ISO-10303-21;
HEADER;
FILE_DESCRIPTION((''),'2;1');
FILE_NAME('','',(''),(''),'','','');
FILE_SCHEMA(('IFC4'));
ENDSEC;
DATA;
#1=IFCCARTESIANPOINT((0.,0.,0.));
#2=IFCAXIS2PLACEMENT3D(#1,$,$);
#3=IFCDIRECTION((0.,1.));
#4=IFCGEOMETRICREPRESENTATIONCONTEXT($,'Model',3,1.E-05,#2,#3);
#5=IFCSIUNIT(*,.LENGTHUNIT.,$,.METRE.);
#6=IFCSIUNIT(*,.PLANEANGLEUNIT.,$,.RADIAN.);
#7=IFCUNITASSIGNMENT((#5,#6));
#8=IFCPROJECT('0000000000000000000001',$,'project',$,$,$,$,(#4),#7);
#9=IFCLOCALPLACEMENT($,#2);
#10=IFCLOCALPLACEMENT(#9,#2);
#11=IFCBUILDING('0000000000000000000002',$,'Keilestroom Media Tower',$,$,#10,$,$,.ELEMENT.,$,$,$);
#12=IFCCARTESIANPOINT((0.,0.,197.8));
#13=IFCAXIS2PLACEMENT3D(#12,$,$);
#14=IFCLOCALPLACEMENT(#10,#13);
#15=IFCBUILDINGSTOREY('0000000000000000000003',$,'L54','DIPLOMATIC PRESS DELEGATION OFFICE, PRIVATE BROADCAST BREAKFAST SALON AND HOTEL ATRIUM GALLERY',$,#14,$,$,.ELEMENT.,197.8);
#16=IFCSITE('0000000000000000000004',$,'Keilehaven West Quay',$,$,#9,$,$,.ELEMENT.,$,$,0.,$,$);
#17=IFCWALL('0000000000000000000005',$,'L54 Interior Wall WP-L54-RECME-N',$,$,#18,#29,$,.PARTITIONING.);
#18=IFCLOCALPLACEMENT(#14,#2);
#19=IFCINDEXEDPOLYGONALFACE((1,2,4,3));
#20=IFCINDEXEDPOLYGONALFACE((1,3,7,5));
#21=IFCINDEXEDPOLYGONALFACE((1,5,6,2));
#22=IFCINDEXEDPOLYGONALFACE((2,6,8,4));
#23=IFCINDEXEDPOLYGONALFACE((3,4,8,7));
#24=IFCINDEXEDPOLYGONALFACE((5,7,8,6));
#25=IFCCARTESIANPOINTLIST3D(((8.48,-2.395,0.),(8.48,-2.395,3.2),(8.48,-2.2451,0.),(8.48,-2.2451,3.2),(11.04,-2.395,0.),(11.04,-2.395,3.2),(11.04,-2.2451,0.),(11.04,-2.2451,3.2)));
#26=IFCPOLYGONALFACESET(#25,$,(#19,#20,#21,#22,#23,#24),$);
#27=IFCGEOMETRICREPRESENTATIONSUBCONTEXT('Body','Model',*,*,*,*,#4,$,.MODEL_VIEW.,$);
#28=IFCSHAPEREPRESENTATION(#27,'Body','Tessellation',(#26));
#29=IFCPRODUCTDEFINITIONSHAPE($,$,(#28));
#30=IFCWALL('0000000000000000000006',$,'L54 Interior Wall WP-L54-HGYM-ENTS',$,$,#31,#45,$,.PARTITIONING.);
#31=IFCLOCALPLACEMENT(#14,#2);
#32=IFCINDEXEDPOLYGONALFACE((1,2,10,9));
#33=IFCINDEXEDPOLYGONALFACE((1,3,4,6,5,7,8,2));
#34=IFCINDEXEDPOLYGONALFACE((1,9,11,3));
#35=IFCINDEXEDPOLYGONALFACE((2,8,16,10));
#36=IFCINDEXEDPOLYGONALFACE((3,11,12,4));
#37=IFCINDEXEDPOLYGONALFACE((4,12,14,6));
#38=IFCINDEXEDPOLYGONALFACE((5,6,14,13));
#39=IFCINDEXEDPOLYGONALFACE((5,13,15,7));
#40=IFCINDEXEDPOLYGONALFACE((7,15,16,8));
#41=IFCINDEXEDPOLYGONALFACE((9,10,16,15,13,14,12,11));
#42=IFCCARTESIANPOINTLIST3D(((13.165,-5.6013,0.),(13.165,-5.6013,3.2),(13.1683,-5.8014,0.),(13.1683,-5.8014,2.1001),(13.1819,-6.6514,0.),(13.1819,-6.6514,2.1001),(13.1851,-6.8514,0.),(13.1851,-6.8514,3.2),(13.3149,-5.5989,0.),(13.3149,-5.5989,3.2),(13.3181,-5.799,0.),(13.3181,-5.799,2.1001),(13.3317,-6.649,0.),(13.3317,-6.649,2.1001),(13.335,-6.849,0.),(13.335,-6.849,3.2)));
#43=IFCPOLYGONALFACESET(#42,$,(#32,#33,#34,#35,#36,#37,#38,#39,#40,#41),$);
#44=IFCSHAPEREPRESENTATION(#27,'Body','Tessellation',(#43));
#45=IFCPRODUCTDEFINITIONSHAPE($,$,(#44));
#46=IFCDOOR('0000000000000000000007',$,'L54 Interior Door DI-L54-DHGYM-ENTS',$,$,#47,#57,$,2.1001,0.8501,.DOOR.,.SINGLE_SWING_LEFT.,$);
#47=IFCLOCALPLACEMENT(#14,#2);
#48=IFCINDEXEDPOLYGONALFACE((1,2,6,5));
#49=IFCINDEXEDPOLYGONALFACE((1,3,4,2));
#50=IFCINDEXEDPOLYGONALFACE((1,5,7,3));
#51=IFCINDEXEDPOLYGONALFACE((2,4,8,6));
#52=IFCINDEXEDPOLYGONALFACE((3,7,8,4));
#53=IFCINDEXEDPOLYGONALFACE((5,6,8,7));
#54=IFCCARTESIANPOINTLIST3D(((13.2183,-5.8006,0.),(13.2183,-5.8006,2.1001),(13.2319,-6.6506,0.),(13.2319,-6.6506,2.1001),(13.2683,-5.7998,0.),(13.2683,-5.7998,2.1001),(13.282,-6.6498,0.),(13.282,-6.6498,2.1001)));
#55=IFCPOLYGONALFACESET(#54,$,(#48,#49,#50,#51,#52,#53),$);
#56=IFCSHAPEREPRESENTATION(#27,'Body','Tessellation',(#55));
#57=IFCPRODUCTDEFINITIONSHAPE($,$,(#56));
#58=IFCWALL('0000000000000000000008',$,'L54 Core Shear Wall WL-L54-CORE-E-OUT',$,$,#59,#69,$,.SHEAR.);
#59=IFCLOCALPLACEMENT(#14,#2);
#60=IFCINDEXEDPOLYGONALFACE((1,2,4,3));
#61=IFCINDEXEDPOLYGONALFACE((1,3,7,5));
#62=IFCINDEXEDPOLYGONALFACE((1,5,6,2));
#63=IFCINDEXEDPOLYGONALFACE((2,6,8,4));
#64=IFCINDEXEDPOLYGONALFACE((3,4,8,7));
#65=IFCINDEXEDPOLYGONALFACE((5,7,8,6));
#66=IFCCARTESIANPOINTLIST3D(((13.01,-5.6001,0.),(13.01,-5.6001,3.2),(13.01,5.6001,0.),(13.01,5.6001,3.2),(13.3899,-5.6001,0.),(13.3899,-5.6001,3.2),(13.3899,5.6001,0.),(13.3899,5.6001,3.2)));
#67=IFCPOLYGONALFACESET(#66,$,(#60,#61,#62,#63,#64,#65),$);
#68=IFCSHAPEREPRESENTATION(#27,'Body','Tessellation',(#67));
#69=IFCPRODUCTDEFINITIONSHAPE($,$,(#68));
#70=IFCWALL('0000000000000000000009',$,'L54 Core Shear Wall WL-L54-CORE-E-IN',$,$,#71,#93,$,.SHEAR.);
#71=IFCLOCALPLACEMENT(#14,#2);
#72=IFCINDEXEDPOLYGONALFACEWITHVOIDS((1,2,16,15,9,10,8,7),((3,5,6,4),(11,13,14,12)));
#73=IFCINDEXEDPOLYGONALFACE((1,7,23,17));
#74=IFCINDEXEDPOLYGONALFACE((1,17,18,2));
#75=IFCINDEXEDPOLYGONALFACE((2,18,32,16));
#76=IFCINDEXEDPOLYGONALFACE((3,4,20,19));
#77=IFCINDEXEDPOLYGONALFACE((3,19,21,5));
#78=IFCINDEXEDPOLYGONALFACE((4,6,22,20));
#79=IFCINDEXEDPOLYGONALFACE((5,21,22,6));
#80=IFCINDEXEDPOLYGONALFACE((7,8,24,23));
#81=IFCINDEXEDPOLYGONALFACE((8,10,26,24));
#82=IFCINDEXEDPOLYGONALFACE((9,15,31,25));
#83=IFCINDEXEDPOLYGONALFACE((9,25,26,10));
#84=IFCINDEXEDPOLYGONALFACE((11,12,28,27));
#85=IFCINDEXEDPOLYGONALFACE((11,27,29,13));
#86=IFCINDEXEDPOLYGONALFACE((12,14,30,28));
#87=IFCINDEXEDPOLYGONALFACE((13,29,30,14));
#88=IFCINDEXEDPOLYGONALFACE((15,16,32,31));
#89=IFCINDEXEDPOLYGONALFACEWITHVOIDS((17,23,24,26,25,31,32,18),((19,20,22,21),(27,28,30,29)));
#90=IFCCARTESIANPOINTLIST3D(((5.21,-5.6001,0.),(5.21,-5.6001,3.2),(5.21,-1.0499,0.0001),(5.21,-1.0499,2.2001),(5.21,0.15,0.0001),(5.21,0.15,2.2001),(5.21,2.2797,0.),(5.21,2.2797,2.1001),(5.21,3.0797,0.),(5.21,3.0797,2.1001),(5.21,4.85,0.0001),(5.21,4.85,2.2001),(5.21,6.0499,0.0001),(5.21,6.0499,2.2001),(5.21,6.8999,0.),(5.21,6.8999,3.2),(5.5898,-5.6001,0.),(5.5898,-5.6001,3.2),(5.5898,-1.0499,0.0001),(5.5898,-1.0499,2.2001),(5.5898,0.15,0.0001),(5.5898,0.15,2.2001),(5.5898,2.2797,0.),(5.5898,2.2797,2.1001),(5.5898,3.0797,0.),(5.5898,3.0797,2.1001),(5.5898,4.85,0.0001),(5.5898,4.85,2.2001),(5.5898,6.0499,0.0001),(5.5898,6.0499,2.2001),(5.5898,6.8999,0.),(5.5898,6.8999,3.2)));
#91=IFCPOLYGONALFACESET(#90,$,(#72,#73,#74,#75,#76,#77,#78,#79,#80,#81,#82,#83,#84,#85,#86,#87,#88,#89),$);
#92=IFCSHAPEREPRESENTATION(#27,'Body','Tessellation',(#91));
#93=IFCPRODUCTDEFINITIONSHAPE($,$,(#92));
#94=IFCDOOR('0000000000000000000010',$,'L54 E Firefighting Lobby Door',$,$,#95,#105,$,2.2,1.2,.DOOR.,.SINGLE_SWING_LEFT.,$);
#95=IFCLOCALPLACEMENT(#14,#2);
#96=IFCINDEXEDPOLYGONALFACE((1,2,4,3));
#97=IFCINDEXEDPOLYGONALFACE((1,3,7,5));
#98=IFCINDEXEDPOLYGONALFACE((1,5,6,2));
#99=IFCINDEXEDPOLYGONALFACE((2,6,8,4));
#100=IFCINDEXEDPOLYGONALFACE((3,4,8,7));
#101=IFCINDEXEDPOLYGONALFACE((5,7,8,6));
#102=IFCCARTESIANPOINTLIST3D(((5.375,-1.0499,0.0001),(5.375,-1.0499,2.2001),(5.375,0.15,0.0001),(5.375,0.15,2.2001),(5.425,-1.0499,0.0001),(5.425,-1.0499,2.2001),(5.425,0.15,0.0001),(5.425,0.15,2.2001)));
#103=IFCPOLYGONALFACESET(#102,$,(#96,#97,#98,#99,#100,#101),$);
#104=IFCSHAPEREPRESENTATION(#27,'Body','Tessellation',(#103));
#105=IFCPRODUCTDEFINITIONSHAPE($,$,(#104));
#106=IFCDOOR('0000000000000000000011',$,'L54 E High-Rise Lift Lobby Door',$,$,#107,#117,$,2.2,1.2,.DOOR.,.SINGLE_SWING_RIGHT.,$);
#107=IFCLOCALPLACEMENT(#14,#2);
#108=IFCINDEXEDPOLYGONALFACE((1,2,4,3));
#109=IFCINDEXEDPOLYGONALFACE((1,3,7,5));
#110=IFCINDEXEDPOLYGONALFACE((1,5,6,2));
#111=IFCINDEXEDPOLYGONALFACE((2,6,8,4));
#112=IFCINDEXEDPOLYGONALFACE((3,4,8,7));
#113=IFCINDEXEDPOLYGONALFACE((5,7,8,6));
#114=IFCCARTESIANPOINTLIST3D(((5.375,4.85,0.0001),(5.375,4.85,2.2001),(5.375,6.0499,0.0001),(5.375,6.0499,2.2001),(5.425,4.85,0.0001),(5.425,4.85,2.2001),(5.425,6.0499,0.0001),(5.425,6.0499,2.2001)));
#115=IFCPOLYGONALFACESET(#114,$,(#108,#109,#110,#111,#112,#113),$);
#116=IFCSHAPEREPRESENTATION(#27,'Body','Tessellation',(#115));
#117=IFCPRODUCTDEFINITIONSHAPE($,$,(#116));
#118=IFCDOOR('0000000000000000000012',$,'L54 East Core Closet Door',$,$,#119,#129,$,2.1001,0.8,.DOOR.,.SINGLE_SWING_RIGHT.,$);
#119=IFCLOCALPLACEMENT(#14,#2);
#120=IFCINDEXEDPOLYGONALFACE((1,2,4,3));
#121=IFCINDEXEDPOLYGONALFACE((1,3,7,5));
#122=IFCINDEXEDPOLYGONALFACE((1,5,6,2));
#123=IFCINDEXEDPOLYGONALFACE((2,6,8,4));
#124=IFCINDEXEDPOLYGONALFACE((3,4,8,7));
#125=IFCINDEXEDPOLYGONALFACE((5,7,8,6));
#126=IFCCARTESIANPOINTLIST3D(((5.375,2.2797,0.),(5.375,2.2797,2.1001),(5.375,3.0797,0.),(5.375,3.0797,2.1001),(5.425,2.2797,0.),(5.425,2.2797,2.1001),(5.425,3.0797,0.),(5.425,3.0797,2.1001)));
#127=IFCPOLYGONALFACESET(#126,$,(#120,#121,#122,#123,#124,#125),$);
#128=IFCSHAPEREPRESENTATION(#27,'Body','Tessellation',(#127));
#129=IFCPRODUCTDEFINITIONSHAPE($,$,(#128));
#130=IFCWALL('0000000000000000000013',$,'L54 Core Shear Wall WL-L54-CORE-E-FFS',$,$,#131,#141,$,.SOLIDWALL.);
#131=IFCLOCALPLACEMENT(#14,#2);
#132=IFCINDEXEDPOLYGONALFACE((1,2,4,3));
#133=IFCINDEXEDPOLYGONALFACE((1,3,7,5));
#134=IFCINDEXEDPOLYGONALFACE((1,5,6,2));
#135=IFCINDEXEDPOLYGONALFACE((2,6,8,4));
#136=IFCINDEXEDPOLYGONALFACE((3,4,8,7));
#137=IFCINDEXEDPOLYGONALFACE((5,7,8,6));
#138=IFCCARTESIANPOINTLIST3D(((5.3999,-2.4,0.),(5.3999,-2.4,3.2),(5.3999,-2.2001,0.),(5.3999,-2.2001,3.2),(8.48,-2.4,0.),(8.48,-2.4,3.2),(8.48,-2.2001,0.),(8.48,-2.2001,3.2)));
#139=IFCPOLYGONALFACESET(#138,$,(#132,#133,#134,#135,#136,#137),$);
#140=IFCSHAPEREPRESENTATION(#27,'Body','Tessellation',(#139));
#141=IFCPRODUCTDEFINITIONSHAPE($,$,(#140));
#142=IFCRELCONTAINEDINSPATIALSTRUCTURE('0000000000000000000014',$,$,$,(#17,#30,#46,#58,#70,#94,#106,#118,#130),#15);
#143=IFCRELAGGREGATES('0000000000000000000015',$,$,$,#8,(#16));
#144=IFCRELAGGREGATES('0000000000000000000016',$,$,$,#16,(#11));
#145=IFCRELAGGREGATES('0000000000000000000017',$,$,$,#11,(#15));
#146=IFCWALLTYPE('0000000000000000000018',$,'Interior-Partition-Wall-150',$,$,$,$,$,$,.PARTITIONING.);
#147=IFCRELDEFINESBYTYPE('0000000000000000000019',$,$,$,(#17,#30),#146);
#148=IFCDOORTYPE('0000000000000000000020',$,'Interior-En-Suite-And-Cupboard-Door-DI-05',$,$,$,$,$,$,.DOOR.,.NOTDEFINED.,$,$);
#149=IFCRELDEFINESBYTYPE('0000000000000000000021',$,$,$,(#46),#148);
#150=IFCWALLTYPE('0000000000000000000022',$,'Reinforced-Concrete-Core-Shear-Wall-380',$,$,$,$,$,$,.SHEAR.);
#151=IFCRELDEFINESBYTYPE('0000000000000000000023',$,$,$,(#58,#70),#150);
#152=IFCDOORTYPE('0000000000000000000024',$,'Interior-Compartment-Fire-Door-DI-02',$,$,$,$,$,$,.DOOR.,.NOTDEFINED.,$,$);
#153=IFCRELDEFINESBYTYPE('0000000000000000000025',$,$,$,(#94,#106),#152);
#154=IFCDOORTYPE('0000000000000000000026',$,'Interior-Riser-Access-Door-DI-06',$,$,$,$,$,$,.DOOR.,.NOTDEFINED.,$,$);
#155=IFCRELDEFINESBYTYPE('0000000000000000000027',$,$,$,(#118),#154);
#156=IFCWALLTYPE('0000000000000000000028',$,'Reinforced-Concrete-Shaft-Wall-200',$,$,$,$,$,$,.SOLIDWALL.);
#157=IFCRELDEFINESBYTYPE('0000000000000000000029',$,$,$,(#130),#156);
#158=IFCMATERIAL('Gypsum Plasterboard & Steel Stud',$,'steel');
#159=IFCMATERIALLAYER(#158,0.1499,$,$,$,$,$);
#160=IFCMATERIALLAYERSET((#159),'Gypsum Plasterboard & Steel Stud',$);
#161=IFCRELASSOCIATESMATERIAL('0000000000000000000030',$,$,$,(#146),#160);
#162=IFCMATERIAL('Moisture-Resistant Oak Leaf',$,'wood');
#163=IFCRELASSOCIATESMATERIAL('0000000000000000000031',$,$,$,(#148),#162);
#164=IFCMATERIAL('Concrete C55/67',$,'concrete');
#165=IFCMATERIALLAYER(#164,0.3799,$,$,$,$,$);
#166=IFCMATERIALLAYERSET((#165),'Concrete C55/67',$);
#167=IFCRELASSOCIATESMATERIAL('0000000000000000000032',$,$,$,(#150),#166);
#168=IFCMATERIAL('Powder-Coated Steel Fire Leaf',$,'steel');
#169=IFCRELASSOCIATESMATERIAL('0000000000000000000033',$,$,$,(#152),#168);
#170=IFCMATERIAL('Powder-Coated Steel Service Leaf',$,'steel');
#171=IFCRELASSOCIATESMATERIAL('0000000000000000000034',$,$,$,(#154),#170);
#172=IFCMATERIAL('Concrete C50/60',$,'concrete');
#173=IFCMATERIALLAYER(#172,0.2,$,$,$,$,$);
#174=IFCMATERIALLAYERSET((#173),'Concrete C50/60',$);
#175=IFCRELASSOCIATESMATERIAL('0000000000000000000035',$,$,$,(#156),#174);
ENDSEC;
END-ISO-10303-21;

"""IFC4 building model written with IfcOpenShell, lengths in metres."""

from ifc_helpers import new_model, si_unit, direction, frame, frame_2d, origin, place, context, subcontext, project, spatial, rectangle, extrude, source, transform, mapped, material, layer, layer_set, type_object, element, fill, save


model = new_model("IFC4")

# Units and contexts
model_context = context("Model", 3, precision=1e-05, world=origin(), true_north=direction((0.0, 1.0)))
body_context = subcontext(model_context, "Body", "Model", "MODEL_VIEW")
ifc_project = project(units=[si_unit("LENGTHUNIT", "METRE"), si_unit("PLANEANGLEUNIT", "RADIAN")], contexts=[model_context])

# Site, building, storey
site_placement = place(None, origin())
site = spatial("IfcSite", under=ifc_project, at=site_placement, Name="Keilehaven West Quay", CompositionType="ELEMENT", RefElevation=0.0)
building_placement = place(site_placement, origin())
building = spatial("IfcBuilding", under=site, at=building_placement, Name="Keilestroom Media Tower", CompositionType="ELEMENT")
storey_placement = place(building_placement, frame((0.0, 0.0, 197.8)))
storey = spatial("IfcBuildingStorey", under=building, at=storey_placement, Name="L54", Description="DIPLOMATIC PRESS DELEGATION OFFICE, PRIVATE BROADCAST BREAKFAST SALON AND HOTEL ATRIUM GALLERY", CompositionType="ELEMENT", Elevation=197.8)

# Shared definitions
ifc_material_1 = material(Name="Concrete C55/67", Category="concrete")

# Wall
ifc_material_2 = material(Name="Gypsum Plasterboard & Steel Stud", Category="steel")
ifc_layer_1 = layer(ifc_material_2, 0.1499)
ifc_layer_set_1 = layer_set([ifc_layer_1], Name="Gypsum Plasterboard & Steel Stud")
wall_type_1 = type_object("IfcWallType", Name="Interior-Partition-Wall-150", PredefinedType="PARTITIONING", material=ifc_layer_set_1)
wall_1_placement = place(storey_placement, frame((8.48, -2.3201, 0.0), z_axis=(0.0, 0.0, 1.0), x_axis=(1.0, 0.0, 0.0)))
element("IfcWall", 1, at=wall_1_placement, inside=storey, type_object=wall_type_1, Name="L54 Interior Wall WP-L54-RECME-N", PredefinedType="PARTITIONING", context=body_context, shape_type="SweptSolid", body=[
    extrude(rectangle(XDim=2.5601, YDim=0.1499, at=frame_2d((1.28, 0.0))), origin(), (0.0, 0.0, 1.0), 3.2),
])

# Wall, opening, door
wall_2_placement = place(storey_placement, frame((13.26, -6.8501, 0.0), z_axis=(0.0, 0.0, 1.0), x_axis=(-0.016014, 0.999872, 0.0)))
wall_2 = element("IfcWall", 2, at=wall_2_placement, inside=storey, type_object=wall_type_1, Name="L54 Interior Wall WP-L54-HGYM-ENTS", PredefinedType="PARTITIONING", context=body_context, shape_type="SweptSolid", body=[
    extrude(rectangle(XDim=1.2502, YDim=0.1499, at=frame_2d((0.625, 0.0))), origin(), (0.0, 0.0, 1.0), 3.2),
])
opening_1_placement = place(wall_2_placement, frame((0.2, 0.0, 0.0)))
opening_1 = element("IfcOpeningElement", 3, at=opening_1_placement, cuts=wall_2, PredefinedType="OPENING", context=body_context, shape_type="SweptSolid", body=[
    extrude(rectangle(XDim=0.8501, YDim=2.1001, at=frame_2d((0.425, 1.05))), frame((0.0, 0.085, 0.0), z_axis=(0.0, -1.0, 0.0), x_axis=(1.0, 0.0, 0.0)), (0.0, 0.0, 1.0), 0.1699),
])
ifc_material_3 = material(Name="Moisture-Resistant Oak Leaf", Category="wood")
door_type_1 = type_object("IfcDoorType", Name="Interior-En-Suite-And-Cupboard-Door-DI-05", OperationType="NOTDEFINED", PredefinedType="DOOR", material=ifc_material_3)
shared_shape_1 = source(origin(), body_context, "Body", "SweptSolid", [
    extrude(rectangle(XDim=0.8501, YDim=2.1001, at=frame_2d((0.425, 1.05))), frame((0.0, 0.0249, 0.0), z_axis=(0.0, -1.0, 0.0), x_axis=(1.0, 0.0, 0.0)), (0.0, 0.0, 1.0), 0.05),
])
door_1_placement = place(opening_1_placement, origin())
door_1 = element("IfcDoor", 4, at=door_1_placement, inside=storey, type_object=door_type_1, Name="L54 Interior Door DI-L54-DHGYM-ENTS", OperationType="SINGLE_SWING_LEFT", OverallHeight=2.1001, OverallWidth=0.8501, PredefinedType="DOOR", context=body_context, shape_type="MappedRepresentation", body=[
    mapped(shared_shape_1, transform((0.0, 0.0, 0.0), x_axis=(1.0, 0.0, 0.0), y_axis=(0.0, 1.0, 0.0), z_axis=(0.0, 0.0, 1.0), scale=1.0)),
])
fill(opening_1, door_1)

# Wall
ifc_layer_2 = layer(ifc_material_1, 0.3799)
ifc_layer_set_2 = layer_set([ifc_layer_2], Name="Concrete C55/67")
wall_type_2 = type_object("IfcWallType", Name="Reinforced-Concrete-Core-Shear-Wall-380", PredefinedType="SHEAR", material=ifc_layer_set_2)
wall_3_placement = place(storey_placement, frame((13.2, -5.6001, 0.0), z_axis=(0.0, 0.0, 1.0), x_axis=(0.0, 1.0, 0.0)))
element("IfcWall", 5, at=wall_3_placement, inside=storey, type_object=wall_type_2, Name="L54 Core Shear Wall WL-L54-CORE-E-OUT", PredefinedType="SHEAR", context=body_context, shape_type="SweptSolid", body=[
    extrude(rectangle(XDim=11.2002, YDim=0.3799, at=frame_2d((5.6001, 0.0))), origin(), (0.0, 0.0, 1.0), 3.2),
])

# Wall, openings, doors
wall_4_placement = place(storey_placement, frame((5.3999, -5.6001, 0.0), z_axis=(0.0, 0.0, 1.0), x_axis=(0.0, 1.0, 0.0)))
wall_4 = element("IfcWall", 6, at=wall_4_placement, inside=storey, type_object=wall_type_2, Name="L54 Core Shear Wall WL-L54-CORE-E-IN", PredefinedType="SHEAR", context=body_context, shape_type="SweptSolid", body=[
    extrude(rectangle(XDim=12.5, YDim=0.3799, at=frame_2d((6.25, 0.0))), origin(), (0.0, 0.0, 1.0), 3.2),
])
opening_2_placement = place(wall_4_placement, frame((4.55, 0.0, 0.0)))
opening_2 = element("IfcOpeningElement", 7, at=opening_2_placement, cuts=wall_4, PredefinedType="OPENING", context=body_context, shape_type="SweptSolid", body=[
    extrude(rectangle(XDim=1.2, YDim=2.2, at=frame_2d((0.6001, 1.1001))), frame((0.0, 0.2, 0.0), z_axis=(0.0, -1.0, 0.0), x_axis=(1.0, 0.0, 0.0)), (0.0, 0.0, 1.0), 0.3999),
])
opening_3_placement = place(wall_4_placement, frame((10.45, 0.0, 0.0)))
opening_3 = element("IfcOpeningElement", 8, at=opening_3_placement, cuts=wall_4, PredefinedType="OPENING", context=body_context, shape_type="SweptSolid", body=[
    extrude(rectangle(XDim=1.2, YDim=2.2, at=frame_2d((0.6001, 1.1001))), frame((0.0, 0.2, 0.0), z_axis=(0.0, -1.0, 0.0), x_axis=(1.0, 0.0, 0.0)), (0.0, 0.0, 1.0), 0.3999),
])
opening_4_placement = place(wall_4_placement, frame((7.8799, 0.0, 0.0)))
opening_4 = element("IfcOpeningElement", 9, at=opening_4_placement, cuts=wall_4, PredefinedType="OPENING", context=body_context, shape_type="SweptSolid", body=[
    extrude(rectangle(XDim=0.8, YDim=2.1001, at=frame_2d((0.3999, 1.05))), frame((0.0, 0.2, 0.0), z_axis=(0.0, -1.0, 0.0), x_axis=(1.0, 0.0, 0.0)), (0.0, 0.0, 1.0), 0.3999),
])
ifc_material_4 = material(Name="Powder-Coated Steel Fire Leaf", Category="steel")
door_type_2 = type_object("IfcDoorType", Name="Interior-Compartment-Fire-Door-DI-02", OperationType="NOTDEFINED", PredefinedType="DOOR", material=ifc_material_4)
shared_shape_2 = source(origin(), body_context, "Body", "SweptSolid", [
    extrude(rectangle(XDim=1.2, YDim=2.2, at=frame_2d((0.6001, 1.1001))), frame((0.0, 0.0249, 0.0), z_axis=(0.0, -1.0, 0.0), x_axis=(1.0, 0.0, 0.0)), (0.0, 0.0, 1.0), 0.05),
])
door_2_placement = place(opening_2_placement, origin())
door_2 = element("IfcDoor", 10, at=door_2_placement, inside=storey, type_object=door_type_2, Name="L54 E Firefighting Lobby Door", OperationType="SINGLE_SWING_LEFT", OverallHeight=2.2, OverallWidth=1.2, PredefinedType="DOOR", context=body_context, shape_type="MappedRepresentation", body=[
    mapped(shared_shape_2, transform((0.0, 0.0, 0.0), x_axis=(1.0, 0.0, 0.0), y_axis=(0.0, 1.0, 0.0), z_axis=(0.0, 0.0, 1.0), scale=1.0)),
])
fill(opening_2, door_2)
door_3_placement = place(opening_3_placement, origin())
door_3 = element("IfcDoor", 11, at=door_3_placement, inside=storey, type_object=door_type_2, Name="L54 E High-Rise Lift Lobby Door", OperationType="SINGLE_SWING_RIGHT", OverallHeight=2.2, OverallWidth=1.2, PredefinedType="DOOR", context=body_context, shape_type="MappedRepresentation", body=[
    mapped(shared_shape_2, transform((0.0, 0.0, 0.0), x_axis=(1.0, 0.0, 0.0), y_axis=(0.0, 1.0, 0.0), z_axis=(0.0, 0.0, 1.0), scale=1.0)),
])
fill(opening_3, door_3)
ifc_material_5 = material(Name="Powder-Coated Steel Service Leaf", Category="steel")
door_type_3 = type_object("IfcDoorType", Name="Interior-Riser-Access-Door-DI-06", OperationType="NOTDEFINED", PredefinedType="DOOR", material=ifc_material_5)
shared_shape_3 = source(origin(), body_context, "Body", "SweptSolid", [
    extrude(rectangle(XDim=0.8, YDim=2.1001, at=frame_2d((0.3999, 1.05))), frame((0.0, 0.0249, 0.0), z_axis=(0.0, -1.0, 0.0), x_axis=(1.0, 0.0, 0.0)), (0.0, 0.0, 1.0), 0.05),
])
door_4_placement = place(opening_4_placement, origin())
door_4 = element("IfcDoor", 12, at=door_4_placement, inside=storey, type_object=door_type_3, Name="L54 East Core Closet Door", OperationType="SINGLE_SWING_RIGHT", OverallHeight=2.1001, OverallWidth=0.8, PredefinedType="DOOR", context=body_context, shape_type="MappedRepresentation", body=[
    mapped(shared_shape_3, transform((0.0, 0.0, 0.0), x_axis=(1.0, 0.0, 0.0), y_axis=(0.0, 1.0, 0.0), z_axis=(0.0, 0.0, 1.0), scale=1.0)),
])
fill(opening_4, door_4)

# Wall
ifc_material_6 = material(Name="Concrete C50/60", Category="concrete")
ifc_layer_3 = layer(ifc_material_6, 0.2)
ifc_layer_set_3 = layer_set([ifc_layer_3], Name="Concrete C50/60")
wall_type_3 = type_object("IfcWallType", Name="Reinforced-Concrete-Shaft-Wall-200", PredefinedType="SOLIDWALL", material=ifc_layer_set_3)
wall_5_placement = place(storey_placement, frame((5.3999, -2.3, 0.0), z_axis=(0.0, 0.0, 1.0), x_axis=(1.0, 0.0, 0.0)))
element("IfcWall", 13, at=wall_5_placement, inside=storey, type_object=wall_type_3, Name="L54 Core Shear Wall WL-L54-CORE-E-FFS", PredefinedType="SOLIDWALL", context=body_context, shape_type="SweptSolid", body=[
    extrude(rectangle(XDim=3.0801, YDim=0.2, at=frame_2d((1.54, 0.0))), origin(), (0.0, 0.0, 1.0), 3.2),
])

save(model, "model.ifc")
